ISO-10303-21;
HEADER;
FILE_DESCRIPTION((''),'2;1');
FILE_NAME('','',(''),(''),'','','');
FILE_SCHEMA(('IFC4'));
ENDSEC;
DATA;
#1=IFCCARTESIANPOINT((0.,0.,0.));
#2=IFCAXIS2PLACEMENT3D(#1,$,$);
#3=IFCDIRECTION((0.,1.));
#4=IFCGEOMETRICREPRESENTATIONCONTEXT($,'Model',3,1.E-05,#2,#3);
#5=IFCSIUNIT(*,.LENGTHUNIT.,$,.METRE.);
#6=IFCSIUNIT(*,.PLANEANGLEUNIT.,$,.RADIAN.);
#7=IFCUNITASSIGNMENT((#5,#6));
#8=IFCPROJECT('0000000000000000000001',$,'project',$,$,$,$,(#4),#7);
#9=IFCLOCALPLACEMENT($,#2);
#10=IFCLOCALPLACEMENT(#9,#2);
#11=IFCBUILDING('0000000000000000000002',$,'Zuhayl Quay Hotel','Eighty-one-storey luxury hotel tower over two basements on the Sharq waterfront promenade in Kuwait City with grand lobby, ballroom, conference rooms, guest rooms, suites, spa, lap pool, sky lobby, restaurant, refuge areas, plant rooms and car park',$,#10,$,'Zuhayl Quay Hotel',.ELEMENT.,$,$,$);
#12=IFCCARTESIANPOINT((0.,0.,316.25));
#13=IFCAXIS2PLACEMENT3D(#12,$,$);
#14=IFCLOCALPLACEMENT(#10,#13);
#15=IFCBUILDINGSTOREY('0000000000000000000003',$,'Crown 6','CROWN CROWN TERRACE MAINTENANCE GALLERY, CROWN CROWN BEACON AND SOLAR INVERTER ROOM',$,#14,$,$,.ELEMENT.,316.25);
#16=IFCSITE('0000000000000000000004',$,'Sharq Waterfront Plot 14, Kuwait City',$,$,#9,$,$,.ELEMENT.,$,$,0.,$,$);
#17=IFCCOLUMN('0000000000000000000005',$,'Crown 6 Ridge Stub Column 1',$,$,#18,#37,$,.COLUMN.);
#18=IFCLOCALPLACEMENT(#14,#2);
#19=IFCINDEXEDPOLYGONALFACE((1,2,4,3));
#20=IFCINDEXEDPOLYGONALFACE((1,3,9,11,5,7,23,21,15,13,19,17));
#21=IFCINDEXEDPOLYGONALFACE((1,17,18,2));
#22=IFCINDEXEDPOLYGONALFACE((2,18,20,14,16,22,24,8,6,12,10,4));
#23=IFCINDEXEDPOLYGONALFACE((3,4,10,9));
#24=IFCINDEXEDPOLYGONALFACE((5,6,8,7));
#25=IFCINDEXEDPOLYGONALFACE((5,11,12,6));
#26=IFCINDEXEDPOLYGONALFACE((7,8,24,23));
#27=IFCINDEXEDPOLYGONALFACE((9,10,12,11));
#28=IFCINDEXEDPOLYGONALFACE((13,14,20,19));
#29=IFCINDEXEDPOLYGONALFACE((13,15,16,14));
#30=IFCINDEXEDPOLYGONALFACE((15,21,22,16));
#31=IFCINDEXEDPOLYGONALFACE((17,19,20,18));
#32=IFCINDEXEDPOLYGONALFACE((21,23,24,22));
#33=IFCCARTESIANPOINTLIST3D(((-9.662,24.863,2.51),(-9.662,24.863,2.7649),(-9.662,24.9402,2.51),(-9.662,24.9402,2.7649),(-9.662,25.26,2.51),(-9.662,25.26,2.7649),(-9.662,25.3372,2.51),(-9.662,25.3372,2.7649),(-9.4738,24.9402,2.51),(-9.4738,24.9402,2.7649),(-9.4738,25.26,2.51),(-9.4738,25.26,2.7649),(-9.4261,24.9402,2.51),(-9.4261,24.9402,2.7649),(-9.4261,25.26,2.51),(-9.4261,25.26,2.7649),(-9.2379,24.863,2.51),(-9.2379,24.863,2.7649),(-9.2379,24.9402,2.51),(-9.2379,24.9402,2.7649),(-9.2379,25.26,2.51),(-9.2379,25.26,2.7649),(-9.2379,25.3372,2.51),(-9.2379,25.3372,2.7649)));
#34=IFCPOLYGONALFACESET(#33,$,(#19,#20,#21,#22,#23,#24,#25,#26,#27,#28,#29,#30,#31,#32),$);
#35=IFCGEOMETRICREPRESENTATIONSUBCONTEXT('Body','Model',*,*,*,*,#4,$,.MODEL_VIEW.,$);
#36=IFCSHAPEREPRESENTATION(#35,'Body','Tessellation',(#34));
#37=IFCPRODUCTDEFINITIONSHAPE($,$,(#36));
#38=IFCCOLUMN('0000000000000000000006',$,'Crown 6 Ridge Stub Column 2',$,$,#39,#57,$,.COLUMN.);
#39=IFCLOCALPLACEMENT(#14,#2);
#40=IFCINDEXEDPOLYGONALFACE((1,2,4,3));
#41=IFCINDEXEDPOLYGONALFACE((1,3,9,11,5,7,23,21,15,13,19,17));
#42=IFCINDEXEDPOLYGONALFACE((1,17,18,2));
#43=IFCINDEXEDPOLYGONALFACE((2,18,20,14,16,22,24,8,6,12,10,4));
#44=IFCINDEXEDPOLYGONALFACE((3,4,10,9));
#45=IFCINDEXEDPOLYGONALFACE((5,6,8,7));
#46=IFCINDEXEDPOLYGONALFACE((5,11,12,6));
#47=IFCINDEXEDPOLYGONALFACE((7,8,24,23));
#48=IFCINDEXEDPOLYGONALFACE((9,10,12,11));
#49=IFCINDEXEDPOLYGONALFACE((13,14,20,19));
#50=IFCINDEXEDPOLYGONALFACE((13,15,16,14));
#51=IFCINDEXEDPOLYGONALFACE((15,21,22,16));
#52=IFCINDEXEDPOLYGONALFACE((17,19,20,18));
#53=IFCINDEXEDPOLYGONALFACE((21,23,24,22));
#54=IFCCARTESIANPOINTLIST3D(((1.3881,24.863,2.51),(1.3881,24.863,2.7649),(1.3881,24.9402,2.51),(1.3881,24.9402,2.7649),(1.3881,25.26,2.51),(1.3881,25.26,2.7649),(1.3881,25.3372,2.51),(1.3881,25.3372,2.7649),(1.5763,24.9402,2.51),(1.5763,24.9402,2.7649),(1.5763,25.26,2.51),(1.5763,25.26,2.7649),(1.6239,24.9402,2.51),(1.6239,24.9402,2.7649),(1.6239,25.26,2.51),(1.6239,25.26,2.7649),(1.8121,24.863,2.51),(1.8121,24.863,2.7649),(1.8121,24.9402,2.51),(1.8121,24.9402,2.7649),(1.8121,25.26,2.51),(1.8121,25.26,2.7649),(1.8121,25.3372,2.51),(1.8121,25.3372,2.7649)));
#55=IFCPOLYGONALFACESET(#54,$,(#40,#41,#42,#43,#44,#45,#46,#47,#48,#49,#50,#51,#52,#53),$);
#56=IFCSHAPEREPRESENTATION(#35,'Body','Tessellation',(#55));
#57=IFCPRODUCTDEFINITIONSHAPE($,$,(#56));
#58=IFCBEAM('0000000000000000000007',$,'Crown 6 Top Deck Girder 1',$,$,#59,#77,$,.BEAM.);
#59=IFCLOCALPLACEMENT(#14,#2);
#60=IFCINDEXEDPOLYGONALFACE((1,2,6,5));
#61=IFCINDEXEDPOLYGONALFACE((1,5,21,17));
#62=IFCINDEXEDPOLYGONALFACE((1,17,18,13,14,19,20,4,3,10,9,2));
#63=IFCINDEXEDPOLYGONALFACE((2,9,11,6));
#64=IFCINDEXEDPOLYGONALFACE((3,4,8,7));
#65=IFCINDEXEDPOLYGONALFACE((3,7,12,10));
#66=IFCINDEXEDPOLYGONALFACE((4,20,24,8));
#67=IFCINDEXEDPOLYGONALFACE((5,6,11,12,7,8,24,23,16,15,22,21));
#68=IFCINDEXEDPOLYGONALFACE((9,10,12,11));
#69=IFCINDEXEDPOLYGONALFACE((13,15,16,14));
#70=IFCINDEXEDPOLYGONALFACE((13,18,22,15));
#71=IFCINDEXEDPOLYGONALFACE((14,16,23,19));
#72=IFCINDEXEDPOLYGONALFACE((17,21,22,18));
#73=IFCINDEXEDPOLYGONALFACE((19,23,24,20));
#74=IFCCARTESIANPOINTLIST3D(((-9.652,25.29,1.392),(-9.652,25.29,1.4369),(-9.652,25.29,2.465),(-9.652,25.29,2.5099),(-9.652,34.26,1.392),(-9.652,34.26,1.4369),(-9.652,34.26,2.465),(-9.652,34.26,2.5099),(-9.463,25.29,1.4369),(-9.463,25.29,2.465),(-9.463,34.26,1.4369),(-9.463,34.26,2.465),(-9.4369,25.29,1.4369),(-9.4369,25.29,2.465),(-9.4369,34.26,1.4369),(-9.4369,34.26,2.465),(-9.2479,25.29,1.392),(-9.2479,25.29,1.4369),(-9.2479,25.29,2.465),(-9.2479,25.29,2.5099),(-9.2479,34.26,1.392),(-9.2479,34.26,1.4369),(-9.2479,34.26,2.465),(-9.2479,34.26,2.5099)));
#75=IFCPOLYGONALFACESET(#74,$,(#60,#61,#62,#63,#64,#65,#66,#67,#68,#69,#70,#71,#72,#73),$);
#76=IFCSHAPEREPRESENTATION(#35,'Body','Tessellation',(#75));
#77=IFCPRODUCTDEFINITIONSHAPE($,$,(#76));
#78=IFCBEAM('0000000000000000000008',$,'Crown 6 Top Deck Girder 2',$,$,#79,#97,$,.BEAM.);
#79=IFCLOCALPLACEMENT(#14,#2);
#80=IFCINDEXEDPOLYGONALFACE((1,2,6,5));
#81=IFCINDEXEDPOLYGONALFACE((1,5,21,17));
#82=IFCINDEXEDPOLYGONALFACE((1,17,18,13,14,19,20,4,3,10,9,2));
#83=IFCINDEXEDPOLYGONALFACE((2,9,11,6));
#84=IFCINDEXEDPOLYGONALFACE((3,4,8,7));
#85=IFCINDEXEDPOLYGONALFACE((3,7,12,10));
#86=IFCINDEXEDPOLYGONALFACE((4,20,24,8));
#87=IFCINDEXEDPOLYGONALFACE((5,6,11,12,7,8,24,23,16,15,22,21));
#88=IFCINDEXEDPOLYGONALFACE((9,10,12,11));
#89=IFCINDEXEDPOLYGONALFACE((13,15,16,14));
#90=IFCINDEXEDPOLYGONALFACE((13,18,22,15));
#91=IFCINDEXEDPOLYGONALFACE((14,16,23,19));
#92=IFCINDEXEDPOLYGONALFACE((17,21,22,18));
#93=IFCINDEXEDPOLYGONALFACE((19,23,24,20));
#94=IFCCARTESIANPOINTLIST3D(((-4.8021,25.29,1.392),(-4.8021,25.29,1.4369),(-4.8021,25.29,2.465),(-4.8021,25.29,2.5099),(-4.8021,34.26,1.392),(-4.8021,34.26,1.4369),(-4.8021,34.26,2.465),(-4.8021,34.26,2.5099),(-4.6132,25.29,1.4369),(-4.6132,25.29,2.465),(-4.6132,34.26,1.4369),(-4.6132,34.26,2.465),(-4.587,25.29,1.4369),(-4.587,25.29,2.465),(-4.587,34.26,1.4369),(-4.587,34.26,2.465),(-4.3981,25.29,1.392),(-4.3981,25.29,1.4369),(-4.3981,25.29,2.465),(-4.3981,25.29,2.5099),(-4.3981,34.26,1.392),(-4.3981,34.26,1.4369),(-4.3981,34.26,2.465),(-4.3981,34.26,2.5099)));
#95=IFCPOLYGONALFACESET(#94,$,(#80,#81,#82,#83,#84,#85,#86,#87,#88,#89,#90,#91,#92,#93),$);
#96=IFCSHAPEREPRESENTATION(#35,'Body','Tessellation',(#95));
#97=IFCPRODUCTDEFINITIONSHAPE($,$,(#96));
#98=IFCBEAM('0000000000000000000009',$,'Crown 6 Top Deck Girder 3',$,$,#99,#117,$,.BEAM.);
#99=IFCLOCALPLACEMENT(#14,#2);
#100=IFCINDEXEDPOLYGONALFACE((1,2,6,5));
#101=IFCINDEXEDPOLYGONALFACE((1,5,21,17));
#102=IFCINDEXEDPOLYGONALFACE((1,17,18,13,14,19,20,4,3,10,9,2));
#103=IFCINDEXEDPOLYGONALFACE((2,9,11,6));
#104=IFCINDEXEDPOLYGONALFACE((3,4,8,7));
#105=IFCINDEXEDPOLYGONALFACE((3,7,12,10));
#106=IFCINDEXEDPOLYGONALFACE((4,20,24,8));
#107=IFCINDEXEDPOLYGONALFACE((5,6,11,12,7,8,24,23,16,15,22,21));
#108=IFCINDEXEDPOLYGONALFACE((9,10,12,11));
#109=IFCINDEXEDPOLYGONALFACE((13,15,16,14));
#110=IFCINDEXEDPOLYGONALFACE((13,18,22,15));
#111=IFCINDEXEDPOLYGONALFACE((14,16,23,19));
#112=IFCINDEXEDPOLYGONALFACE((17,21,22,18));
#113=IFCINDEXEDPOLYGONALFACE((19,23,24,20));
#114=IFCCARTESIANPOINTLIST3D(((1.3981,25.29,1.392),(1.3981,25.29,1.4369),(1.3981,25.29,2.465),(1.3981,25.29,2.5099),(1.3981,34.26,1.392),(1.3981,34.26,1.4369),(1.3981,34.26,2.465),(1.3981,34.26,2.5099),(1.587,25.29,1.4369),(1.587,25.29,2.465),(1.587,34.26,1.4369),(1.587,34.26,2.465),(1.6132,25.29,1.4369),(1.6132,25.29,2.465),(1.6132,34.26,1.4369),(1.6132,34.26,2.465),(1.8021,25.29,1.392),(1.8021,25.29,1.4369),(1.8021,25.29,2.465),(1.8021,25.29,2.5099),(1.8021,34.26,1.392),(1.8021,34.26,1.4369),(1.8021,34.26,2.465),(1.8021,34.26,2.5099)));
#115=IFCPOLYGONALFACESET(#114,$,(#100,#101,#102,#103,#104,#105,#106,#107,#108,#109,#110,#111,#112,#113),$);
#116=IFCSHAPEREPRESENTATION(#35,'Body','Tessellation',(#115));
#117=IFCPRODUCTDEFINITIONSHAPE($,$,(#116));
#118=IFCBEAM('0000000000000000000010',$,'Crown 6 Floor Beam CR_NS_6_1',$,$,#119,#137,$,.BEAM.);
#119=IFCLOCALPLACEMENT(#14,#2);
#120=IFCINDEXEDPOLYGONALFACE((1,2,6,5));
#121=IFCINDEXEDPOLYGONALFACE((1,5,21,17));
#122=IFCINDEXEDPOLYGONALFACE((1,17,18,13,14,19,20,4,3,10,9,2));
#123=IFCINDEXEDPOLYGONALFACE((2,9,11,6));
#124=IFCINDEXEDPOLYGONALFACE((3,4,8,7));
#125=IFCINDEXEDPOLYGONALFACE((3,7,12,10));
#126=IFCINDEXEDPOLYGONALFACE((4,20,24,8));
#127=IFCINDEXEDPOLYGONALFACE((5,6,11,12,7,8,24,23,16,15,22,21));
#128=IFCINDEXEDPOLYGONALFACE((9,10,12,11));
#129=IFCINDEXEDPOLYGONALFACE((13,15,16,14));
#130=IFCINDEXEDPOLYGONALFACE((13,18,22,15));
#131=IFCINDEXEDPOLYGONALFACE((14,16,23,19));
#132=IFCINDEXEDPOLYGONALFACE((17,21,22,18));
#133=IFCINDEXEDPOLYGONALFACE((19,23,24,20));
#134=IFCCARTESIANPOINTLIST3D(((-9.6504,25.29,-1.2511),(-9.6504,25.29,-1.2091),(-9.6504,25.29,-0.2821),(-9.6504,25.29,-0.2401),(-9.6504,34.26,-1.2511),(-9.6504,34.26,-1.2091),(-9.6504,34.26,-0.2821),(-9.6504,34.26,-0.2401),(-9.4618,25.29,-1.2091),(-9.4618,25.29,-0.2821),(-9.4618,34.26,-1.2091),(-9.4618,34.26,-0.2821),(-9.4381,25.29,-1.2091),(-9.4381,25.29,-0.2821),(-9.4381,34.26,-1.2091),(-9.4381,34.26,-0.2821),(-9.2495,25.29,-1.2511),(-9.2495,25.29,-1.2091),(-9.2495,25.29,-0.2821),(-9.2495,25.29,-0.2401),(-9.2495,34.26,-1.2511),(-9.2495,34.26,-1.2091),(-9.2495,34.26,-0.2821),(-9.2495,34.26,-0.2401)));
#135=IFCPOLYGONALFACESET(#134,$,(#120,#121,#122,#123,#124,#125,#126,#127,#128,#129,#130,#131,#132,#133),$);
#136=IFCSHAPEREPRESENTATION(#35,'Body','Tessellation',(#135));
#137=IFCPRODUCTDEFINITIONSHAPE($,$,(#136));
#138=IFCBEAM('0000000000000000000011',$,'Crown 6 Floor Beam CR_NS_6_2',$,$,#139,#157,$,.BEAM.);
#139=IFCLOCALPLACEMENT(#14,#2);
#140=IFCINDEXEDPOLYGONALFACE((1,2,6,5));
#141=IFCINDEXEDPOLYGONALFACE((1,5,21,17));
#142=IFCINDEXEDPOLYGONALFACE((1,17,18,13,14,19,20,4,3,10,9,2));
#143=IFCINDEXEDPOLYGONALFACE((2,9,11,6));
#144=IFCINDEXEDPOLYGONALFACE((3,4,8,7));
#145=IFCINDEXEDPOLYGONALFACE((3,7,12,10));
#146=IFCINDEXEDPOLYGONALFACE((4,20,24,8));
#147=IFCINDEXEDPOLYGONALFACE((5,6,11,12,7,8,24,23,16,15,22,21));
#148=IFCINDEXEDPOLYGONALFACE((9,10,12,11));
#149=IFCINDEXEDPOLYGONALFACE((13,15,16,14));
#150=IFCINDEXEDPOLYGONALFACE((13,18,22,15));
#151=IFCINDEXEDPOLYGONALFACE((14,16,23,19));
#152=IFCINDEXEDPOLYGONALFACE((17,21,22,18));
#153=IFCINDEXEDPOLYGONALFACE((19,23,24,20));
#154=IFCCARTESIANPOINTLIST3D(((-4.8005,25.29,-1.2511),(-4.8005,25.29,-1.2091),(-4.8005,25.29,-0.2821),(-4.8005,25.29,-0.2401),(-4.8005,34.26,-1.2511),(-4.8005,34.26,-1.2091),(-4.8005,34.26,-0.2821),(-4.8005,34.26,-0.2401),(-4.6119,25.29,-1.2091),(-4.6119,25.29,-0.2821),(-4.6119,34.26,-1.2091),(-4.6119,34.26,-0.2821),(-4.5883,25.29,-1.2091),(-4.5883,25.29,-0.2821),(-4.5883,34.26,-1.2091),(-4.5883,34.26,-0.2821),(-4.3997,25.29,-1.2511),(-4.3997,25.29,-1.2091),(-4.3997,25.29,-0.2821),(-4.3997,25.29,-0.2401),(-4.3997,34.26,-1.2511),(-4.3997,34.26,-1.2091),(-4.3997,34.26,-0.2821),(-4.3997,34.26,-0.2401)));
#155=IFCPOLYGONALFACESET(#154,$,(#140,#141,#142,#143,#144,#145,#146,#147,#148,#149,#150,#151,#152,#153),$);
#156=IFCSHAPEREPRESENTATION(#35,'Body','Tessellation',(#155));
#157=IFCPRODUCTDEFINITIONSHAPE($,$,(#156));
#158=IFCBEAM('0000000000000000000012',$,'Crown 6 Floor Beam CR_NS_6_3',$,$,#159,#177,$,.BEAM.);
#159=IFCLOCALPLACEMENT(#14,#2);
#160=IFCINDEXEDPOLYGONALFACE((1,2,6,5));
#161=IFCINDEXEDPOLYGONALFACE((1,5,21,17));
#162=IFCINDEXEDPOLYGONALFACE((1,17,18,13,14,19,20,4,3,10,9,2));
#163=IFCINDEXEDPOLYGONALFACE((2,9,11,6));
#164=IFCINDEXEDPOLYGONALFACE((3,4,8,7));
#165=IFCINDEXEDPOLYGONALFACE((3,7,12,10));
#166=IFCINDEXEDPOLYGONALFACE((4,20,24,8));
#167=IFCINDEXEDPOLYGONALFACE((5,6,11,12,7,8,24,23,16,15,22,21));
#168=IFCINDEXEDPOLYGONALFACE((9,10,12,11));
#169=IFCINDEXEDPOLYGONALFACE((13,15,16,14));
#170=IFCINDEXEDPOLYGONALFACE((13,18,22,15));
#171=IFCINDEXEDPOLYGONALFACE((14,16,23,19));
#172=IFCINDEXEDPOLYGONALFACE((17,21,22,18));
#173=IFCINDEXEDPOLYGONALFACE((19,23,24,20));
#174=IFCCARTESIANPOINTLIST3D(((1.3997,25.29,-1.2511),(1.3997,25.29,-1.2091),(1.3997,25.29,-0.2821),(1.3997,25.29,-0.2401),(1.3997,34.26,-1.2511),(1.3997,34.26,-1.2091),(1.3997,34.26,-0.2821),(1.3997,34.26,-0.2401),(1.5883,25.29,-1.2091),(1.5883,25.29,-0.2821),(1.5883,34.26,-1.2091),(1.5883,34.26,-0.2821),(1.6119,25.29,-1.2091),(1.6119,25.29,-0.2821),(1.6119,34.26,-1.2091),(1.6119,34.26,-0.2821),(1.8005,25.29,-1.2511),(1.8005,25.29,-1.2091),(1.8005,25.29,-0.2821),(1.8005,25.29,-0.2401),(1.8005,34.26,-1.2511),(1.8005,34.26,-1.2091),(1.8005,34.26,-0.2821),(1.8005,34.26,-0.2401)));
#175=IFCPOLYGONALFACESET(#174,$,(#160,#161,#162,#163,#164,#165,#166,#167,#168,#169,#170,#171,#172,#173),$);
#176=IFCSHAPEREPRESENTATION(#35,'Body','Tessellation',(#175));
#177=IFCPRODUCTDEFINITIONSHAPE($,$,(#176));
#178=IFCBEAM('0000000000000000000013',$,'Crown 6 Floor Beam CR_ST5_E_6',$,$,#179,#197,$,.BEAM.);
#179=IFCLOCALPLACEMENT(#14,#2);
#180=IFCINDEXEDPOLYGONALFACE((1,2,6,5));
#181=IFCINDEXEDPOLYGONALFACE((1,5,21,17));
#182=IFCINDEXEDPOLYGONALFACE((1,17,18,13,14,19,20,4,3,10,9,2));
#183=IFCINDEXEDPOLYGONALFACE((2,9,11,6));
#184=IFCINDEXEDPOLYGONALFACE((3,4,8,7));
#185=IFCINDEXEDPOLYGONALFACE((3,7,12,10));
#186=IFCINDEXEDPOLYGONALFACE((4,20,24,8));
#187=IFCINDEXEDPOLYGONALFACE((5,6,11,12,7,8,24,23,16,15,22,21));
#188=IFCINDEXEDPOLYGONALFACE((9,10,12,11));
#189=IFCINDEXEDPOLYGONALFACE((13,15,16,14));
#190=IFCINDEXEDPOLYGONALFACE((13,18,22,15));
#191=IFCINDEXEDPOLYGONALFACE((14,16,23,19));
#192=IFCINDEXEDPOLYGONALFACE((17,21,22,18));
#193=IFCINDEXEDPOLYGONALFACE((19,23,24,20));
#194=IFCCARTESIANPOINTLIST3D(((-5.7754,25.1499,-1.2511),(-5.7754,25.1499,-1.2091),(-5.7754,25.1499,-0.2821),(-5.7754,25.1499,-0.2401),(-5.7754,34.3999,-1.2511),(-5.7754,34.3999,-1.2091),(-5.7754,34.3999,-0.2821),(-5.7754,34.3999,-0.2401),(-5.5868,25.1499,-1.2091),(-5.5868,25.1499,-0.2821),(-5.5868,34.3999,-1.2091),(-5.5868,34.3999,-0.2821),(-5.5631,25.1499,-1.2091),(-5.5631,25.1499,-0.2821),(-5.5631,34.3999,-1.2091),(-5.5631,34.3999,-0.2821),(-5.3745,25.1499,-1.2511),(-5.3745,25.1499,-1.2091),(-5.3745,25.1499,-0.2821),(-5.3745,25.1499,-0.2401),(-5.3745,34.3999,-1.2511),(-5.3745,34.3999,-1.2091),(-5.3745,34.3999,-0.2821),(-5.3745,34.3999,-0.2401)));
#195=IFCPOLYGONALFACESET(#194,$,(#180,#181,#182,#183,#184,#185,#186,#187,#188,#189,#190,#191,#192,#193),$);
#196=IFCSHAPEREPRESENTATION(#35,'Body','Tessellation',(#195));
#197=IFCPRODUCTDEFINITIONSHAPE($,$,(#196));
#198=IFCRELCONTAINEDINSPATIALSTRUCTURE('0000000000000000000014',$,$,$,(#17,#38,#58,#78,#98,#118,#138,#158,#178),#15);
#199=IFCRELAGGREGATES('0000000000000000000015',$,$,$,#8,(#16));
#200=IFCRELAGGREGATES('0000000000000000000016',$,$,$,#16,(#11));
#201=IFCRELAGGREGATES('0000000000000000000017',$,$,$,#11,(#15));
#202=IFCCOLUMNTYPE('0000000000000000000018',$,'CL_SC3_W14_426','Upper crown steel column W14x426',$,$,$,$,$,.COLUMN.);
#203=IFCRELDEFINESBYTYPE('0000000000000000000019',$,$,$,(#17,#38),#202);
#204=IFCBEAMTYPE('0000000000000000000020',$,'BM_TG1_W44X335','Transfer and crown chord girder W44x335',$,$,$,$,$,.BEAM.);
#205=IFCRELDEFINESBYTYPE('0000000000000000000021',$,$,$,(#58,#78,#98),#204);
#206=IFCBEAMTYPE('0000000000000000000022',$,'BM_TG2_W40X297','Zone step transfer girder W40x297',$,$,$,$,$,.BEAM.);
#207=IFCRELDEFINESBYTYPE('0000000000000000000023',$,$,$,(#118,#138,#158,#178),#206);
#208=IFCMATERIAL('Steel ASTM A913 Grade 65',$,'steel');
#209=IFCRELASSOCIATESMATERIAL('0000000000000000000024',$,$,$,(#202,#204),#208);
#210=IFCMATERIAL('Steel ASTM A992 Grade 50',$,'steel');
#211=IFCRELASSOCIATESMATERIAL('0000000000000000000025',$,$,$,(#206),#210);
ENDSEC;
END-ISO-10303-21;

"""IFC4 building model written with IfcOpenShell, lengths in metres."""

from ifc_helpers import new_model, si_unit, direction, frame, origin, origin_2d, place, context, subcontext, project, spatial, i_section, extrude, material, material_profile, profile_set, type_object, element, save


model = new_model("IFC4")

# Units and contexts
model_context = context("Model", 3, precision=1e-05, world=origin(), true_north=direction((0.0, 1.0)))
body_context = subcontext(model_context, "Body", "Model", "MODEL_VIEW")
ifc_project = project(units=[si_unit("LENGTHUNIT", "METRE"), si_unit("PLANEANGLEUNIT", "RADIAN")], contexts=[model_context])

# Site, building, storey
site_placement = place(None, origin())
site = spatial("IfcSite", under=ifc_project, at=site_placement, Name="Sharq Waterfront Plot 14, Kuwait City", CompositionType="ELEMENT", RefElevation=0.0)
building_placement = place(site_placement, origin())
building = spatial("IfcBuilding", under=site, at=building_placement, Name="Zuhayl Quay Hotel", Description="Eighty-one-storey luxury hotel tower over two basements on the Sharq waterfront promenade in Kuwait City with grand lobby, ballroom, conference rooms, guest rooms, suites, spa, lap pool, sky lobby, restaurant, refuge areas, plant rooms and car park", LongName="Zuhayl Quay Hotel", CompositionType="ELEMENT")
storey_placement = place(building_placement, frame((0.0, 0.0, 316.25)))
storey = spatial("IfcBuildingStorey", under=building, at=storey_placement, Name="Crown 6", Description="CROWN CROWN TERRACE MAINTENANCE GALLERY, CROWN CROWN BEACON AND SOLAR INVERTER ROOM", CompositionType="ELEMENT", Elevation=316.25)

# Columns
ifc_material_1 = material(Name="Steel ASTM A913 Grade 65", Category="steel")
ifc_material_profile_1 = material_profile(ifc_material_1, i_section(OverallWidth=0.4241, OverallDepth=0.4741, WebThickness=0.0476, FlangeThickness=0.0771, at=origin_2d()), Name="W14X426")
ifc_profile_set_1 = profile_set([ifc_material_profile_1], Name="Steel ASTM A913 Grade 65")
column_type = type_object("IfcColumnType", Name="CL_SC3_W14_426", Description="Upper crown steel column W14x426", PredefinedType="COLUMN", material=ifc_profile_set_1)
for number, where, z_axis, x_axis, name in (
    (1, (-9.45, 25.1001, 2.51), (0.0, 0.0, 1.0), (1.0, 0.0, 0.0), "Crown 6 Ridge Stub Column 1"),
    (2, (1.6001, 25.1001, 2.51), (0.0, 0.0, 1.0), (1.0, 0.0, 0.0), "Crown 6 Ridge Stub Column 2"),
):
    element("IfcColumn", number, at=place(storey_placement, frame(where, z_axis=z_axis, x_axis=x_axis)), inside=storey, type_object=column_type, Name=name, PredefinedType="COLUMN", context=body_context, shape_type="SweptSolid", body=[
        extrude(i_section(OverallWidth=0.4241, OverallDepth=0.4741, WebThickness=0.0476, FlangeThickness=0.0771, at=origin_2d()), origin(), (0.0, 0.0, 1.0), 0.2549),
    ])

# Beams
ifc_material_profile_2 = material_profile(ifc_material_1, i_section(OverallWidth=0.4041, OverallDepth=1.1179, WebThickness=0.0261, FlangeThickness=0.0449, at=origin_2d()), Name="W44X335")
ifc_profile_set_2 = profile_set([ifc_material_profile_2], Name="Steel ASTM A913 Grade 65")
beam_type_1 = type_object("IfcBeamType", Name="BM_TG1_W44X335", Description="Transfer and crown chord girder W44x335", PredefinedType="BEAM", material=ifc_profile_set_2)
for number, where, z_axis, x_axis, name in (
    (3, (-9.45, 25.29, 1.9509), (0.0, 1.0, 0.0), (-1.0, 0.0, 0.0), "Crown 6 Top Deck Girder 1"),
    (4, (-4.6001, 25.29, 1.9509), (0.0, 1.0, 0.0), (-1.0, 0.0, 0.0), "Crown 6 Top Deck Girder 2"),
    (5, (1.6001, 25.29, 1.9509), (0.0, 1.0, 0.0), (-1.0, 0.0, 0.0), "Crown 6 Top Deck Girder 3"),
):
    element("IfcBeam", number, at=place(storey_placement, frame(where, z_axis=z_axis, x_axis=x_axis)), inside=storey, type_object=beam_type_1, Name=name, PredefinedType="BEAM", context=body_context, shape_type="SweptSolid", body=[
        extrude(i_section(OverallWidth=0.4041, OverallDepth=1.1179, WebThickness=0.0261, FlangeThickness=0.0449, at=origin_2d()), origin(), (0.0, 0.0, 1.0), 8.97),
    ])
ifc_material_2 = material(Name="Steel ASTM A992 Grade 50", Category="steel")
ifc_material_profile_3 = material_profile(ifc_material_2, i_section(OverallWidth=0.4009, OverallDepth=1.011, WebThickness=0.0237, FlangeThickness=0.042, at=origin_2d()), Name="W40X297")
ifc_profile_set_3 = profile_set([ifc_material_profile_3], Name="Steel ASTM A992 Grade 50")
beam_type_2 = type_object("IfcBeamType", Name="BM_TG2_W40X297", Description="Zone step transfer girder W40x297", PredefinedType="BEAM", material=ifc_profile_set_3)
for number, where, z_axis, x_axis, name in (
    (6, (-9.45, 25.29, -0.7456), (0.0, 1.0, 0.0), (-1.0, 0.0, 0.0), "Crown 6 Floor Beam CR_NS_6_1"),
    (7, (-4.6001, 25.29, -0.7456), (0.0, 1.0, 0.0), (-1.0, 0.0, 0.0), "Crown 6 Floor Beam CR_NS_6_2"),
    (8, (1.6001, 25.29, -0.7456), (0.0, 1.0, 0.0), (-1.0, 0.0, 0.0), "Crown 6 Floor Beam CR_NS_6_3"),
):
    element("IfcBeam", number, at=place(storey_placement, frame(where, z_axis=z_axis, x_axis=x_axis)), inside=storey, type_object=beam_type_2, Name=name, PredefinedType="BEAM", context=body_context, shape_type="SweptSolid", body=[
        extrude(i_section(OverallWidth=0.4009, OverallDepth=1.011, WebThickness=0.0237, FlangeThickness=0.042, at=origin_2d()), origin(), (0.0, 0.0, 1.0), 8.97),
    ])
for number, where, z_axis, x_axis, name in (
    (9, (-5.575, 25.1499, -0.7456), (0.0, 1.0, 0.0), (-1.0, 0.0, 0.0), "Crown 6 Floor Beam CR_ST5_E_6"),
):
    element("IfcBeam", number, at=place(storey_placement, frame(where, z_axis=z_axis, x_axis=x_axis)), inside=storey, type_object=beam_type_2, Name=name, PredefinedType="BEAM", context=body_context, shape_type="SweptSolid", body=[
        extrude(i_section(OverallWidth=0.4009, OverallDepth=1.011, WebThickness=0.0237, FlangeThickness=0.042, at=origin_2d()), origin(), (0.0, 0.0, 1.0), 9.25),
    ])

save(model, "model.ifc")
